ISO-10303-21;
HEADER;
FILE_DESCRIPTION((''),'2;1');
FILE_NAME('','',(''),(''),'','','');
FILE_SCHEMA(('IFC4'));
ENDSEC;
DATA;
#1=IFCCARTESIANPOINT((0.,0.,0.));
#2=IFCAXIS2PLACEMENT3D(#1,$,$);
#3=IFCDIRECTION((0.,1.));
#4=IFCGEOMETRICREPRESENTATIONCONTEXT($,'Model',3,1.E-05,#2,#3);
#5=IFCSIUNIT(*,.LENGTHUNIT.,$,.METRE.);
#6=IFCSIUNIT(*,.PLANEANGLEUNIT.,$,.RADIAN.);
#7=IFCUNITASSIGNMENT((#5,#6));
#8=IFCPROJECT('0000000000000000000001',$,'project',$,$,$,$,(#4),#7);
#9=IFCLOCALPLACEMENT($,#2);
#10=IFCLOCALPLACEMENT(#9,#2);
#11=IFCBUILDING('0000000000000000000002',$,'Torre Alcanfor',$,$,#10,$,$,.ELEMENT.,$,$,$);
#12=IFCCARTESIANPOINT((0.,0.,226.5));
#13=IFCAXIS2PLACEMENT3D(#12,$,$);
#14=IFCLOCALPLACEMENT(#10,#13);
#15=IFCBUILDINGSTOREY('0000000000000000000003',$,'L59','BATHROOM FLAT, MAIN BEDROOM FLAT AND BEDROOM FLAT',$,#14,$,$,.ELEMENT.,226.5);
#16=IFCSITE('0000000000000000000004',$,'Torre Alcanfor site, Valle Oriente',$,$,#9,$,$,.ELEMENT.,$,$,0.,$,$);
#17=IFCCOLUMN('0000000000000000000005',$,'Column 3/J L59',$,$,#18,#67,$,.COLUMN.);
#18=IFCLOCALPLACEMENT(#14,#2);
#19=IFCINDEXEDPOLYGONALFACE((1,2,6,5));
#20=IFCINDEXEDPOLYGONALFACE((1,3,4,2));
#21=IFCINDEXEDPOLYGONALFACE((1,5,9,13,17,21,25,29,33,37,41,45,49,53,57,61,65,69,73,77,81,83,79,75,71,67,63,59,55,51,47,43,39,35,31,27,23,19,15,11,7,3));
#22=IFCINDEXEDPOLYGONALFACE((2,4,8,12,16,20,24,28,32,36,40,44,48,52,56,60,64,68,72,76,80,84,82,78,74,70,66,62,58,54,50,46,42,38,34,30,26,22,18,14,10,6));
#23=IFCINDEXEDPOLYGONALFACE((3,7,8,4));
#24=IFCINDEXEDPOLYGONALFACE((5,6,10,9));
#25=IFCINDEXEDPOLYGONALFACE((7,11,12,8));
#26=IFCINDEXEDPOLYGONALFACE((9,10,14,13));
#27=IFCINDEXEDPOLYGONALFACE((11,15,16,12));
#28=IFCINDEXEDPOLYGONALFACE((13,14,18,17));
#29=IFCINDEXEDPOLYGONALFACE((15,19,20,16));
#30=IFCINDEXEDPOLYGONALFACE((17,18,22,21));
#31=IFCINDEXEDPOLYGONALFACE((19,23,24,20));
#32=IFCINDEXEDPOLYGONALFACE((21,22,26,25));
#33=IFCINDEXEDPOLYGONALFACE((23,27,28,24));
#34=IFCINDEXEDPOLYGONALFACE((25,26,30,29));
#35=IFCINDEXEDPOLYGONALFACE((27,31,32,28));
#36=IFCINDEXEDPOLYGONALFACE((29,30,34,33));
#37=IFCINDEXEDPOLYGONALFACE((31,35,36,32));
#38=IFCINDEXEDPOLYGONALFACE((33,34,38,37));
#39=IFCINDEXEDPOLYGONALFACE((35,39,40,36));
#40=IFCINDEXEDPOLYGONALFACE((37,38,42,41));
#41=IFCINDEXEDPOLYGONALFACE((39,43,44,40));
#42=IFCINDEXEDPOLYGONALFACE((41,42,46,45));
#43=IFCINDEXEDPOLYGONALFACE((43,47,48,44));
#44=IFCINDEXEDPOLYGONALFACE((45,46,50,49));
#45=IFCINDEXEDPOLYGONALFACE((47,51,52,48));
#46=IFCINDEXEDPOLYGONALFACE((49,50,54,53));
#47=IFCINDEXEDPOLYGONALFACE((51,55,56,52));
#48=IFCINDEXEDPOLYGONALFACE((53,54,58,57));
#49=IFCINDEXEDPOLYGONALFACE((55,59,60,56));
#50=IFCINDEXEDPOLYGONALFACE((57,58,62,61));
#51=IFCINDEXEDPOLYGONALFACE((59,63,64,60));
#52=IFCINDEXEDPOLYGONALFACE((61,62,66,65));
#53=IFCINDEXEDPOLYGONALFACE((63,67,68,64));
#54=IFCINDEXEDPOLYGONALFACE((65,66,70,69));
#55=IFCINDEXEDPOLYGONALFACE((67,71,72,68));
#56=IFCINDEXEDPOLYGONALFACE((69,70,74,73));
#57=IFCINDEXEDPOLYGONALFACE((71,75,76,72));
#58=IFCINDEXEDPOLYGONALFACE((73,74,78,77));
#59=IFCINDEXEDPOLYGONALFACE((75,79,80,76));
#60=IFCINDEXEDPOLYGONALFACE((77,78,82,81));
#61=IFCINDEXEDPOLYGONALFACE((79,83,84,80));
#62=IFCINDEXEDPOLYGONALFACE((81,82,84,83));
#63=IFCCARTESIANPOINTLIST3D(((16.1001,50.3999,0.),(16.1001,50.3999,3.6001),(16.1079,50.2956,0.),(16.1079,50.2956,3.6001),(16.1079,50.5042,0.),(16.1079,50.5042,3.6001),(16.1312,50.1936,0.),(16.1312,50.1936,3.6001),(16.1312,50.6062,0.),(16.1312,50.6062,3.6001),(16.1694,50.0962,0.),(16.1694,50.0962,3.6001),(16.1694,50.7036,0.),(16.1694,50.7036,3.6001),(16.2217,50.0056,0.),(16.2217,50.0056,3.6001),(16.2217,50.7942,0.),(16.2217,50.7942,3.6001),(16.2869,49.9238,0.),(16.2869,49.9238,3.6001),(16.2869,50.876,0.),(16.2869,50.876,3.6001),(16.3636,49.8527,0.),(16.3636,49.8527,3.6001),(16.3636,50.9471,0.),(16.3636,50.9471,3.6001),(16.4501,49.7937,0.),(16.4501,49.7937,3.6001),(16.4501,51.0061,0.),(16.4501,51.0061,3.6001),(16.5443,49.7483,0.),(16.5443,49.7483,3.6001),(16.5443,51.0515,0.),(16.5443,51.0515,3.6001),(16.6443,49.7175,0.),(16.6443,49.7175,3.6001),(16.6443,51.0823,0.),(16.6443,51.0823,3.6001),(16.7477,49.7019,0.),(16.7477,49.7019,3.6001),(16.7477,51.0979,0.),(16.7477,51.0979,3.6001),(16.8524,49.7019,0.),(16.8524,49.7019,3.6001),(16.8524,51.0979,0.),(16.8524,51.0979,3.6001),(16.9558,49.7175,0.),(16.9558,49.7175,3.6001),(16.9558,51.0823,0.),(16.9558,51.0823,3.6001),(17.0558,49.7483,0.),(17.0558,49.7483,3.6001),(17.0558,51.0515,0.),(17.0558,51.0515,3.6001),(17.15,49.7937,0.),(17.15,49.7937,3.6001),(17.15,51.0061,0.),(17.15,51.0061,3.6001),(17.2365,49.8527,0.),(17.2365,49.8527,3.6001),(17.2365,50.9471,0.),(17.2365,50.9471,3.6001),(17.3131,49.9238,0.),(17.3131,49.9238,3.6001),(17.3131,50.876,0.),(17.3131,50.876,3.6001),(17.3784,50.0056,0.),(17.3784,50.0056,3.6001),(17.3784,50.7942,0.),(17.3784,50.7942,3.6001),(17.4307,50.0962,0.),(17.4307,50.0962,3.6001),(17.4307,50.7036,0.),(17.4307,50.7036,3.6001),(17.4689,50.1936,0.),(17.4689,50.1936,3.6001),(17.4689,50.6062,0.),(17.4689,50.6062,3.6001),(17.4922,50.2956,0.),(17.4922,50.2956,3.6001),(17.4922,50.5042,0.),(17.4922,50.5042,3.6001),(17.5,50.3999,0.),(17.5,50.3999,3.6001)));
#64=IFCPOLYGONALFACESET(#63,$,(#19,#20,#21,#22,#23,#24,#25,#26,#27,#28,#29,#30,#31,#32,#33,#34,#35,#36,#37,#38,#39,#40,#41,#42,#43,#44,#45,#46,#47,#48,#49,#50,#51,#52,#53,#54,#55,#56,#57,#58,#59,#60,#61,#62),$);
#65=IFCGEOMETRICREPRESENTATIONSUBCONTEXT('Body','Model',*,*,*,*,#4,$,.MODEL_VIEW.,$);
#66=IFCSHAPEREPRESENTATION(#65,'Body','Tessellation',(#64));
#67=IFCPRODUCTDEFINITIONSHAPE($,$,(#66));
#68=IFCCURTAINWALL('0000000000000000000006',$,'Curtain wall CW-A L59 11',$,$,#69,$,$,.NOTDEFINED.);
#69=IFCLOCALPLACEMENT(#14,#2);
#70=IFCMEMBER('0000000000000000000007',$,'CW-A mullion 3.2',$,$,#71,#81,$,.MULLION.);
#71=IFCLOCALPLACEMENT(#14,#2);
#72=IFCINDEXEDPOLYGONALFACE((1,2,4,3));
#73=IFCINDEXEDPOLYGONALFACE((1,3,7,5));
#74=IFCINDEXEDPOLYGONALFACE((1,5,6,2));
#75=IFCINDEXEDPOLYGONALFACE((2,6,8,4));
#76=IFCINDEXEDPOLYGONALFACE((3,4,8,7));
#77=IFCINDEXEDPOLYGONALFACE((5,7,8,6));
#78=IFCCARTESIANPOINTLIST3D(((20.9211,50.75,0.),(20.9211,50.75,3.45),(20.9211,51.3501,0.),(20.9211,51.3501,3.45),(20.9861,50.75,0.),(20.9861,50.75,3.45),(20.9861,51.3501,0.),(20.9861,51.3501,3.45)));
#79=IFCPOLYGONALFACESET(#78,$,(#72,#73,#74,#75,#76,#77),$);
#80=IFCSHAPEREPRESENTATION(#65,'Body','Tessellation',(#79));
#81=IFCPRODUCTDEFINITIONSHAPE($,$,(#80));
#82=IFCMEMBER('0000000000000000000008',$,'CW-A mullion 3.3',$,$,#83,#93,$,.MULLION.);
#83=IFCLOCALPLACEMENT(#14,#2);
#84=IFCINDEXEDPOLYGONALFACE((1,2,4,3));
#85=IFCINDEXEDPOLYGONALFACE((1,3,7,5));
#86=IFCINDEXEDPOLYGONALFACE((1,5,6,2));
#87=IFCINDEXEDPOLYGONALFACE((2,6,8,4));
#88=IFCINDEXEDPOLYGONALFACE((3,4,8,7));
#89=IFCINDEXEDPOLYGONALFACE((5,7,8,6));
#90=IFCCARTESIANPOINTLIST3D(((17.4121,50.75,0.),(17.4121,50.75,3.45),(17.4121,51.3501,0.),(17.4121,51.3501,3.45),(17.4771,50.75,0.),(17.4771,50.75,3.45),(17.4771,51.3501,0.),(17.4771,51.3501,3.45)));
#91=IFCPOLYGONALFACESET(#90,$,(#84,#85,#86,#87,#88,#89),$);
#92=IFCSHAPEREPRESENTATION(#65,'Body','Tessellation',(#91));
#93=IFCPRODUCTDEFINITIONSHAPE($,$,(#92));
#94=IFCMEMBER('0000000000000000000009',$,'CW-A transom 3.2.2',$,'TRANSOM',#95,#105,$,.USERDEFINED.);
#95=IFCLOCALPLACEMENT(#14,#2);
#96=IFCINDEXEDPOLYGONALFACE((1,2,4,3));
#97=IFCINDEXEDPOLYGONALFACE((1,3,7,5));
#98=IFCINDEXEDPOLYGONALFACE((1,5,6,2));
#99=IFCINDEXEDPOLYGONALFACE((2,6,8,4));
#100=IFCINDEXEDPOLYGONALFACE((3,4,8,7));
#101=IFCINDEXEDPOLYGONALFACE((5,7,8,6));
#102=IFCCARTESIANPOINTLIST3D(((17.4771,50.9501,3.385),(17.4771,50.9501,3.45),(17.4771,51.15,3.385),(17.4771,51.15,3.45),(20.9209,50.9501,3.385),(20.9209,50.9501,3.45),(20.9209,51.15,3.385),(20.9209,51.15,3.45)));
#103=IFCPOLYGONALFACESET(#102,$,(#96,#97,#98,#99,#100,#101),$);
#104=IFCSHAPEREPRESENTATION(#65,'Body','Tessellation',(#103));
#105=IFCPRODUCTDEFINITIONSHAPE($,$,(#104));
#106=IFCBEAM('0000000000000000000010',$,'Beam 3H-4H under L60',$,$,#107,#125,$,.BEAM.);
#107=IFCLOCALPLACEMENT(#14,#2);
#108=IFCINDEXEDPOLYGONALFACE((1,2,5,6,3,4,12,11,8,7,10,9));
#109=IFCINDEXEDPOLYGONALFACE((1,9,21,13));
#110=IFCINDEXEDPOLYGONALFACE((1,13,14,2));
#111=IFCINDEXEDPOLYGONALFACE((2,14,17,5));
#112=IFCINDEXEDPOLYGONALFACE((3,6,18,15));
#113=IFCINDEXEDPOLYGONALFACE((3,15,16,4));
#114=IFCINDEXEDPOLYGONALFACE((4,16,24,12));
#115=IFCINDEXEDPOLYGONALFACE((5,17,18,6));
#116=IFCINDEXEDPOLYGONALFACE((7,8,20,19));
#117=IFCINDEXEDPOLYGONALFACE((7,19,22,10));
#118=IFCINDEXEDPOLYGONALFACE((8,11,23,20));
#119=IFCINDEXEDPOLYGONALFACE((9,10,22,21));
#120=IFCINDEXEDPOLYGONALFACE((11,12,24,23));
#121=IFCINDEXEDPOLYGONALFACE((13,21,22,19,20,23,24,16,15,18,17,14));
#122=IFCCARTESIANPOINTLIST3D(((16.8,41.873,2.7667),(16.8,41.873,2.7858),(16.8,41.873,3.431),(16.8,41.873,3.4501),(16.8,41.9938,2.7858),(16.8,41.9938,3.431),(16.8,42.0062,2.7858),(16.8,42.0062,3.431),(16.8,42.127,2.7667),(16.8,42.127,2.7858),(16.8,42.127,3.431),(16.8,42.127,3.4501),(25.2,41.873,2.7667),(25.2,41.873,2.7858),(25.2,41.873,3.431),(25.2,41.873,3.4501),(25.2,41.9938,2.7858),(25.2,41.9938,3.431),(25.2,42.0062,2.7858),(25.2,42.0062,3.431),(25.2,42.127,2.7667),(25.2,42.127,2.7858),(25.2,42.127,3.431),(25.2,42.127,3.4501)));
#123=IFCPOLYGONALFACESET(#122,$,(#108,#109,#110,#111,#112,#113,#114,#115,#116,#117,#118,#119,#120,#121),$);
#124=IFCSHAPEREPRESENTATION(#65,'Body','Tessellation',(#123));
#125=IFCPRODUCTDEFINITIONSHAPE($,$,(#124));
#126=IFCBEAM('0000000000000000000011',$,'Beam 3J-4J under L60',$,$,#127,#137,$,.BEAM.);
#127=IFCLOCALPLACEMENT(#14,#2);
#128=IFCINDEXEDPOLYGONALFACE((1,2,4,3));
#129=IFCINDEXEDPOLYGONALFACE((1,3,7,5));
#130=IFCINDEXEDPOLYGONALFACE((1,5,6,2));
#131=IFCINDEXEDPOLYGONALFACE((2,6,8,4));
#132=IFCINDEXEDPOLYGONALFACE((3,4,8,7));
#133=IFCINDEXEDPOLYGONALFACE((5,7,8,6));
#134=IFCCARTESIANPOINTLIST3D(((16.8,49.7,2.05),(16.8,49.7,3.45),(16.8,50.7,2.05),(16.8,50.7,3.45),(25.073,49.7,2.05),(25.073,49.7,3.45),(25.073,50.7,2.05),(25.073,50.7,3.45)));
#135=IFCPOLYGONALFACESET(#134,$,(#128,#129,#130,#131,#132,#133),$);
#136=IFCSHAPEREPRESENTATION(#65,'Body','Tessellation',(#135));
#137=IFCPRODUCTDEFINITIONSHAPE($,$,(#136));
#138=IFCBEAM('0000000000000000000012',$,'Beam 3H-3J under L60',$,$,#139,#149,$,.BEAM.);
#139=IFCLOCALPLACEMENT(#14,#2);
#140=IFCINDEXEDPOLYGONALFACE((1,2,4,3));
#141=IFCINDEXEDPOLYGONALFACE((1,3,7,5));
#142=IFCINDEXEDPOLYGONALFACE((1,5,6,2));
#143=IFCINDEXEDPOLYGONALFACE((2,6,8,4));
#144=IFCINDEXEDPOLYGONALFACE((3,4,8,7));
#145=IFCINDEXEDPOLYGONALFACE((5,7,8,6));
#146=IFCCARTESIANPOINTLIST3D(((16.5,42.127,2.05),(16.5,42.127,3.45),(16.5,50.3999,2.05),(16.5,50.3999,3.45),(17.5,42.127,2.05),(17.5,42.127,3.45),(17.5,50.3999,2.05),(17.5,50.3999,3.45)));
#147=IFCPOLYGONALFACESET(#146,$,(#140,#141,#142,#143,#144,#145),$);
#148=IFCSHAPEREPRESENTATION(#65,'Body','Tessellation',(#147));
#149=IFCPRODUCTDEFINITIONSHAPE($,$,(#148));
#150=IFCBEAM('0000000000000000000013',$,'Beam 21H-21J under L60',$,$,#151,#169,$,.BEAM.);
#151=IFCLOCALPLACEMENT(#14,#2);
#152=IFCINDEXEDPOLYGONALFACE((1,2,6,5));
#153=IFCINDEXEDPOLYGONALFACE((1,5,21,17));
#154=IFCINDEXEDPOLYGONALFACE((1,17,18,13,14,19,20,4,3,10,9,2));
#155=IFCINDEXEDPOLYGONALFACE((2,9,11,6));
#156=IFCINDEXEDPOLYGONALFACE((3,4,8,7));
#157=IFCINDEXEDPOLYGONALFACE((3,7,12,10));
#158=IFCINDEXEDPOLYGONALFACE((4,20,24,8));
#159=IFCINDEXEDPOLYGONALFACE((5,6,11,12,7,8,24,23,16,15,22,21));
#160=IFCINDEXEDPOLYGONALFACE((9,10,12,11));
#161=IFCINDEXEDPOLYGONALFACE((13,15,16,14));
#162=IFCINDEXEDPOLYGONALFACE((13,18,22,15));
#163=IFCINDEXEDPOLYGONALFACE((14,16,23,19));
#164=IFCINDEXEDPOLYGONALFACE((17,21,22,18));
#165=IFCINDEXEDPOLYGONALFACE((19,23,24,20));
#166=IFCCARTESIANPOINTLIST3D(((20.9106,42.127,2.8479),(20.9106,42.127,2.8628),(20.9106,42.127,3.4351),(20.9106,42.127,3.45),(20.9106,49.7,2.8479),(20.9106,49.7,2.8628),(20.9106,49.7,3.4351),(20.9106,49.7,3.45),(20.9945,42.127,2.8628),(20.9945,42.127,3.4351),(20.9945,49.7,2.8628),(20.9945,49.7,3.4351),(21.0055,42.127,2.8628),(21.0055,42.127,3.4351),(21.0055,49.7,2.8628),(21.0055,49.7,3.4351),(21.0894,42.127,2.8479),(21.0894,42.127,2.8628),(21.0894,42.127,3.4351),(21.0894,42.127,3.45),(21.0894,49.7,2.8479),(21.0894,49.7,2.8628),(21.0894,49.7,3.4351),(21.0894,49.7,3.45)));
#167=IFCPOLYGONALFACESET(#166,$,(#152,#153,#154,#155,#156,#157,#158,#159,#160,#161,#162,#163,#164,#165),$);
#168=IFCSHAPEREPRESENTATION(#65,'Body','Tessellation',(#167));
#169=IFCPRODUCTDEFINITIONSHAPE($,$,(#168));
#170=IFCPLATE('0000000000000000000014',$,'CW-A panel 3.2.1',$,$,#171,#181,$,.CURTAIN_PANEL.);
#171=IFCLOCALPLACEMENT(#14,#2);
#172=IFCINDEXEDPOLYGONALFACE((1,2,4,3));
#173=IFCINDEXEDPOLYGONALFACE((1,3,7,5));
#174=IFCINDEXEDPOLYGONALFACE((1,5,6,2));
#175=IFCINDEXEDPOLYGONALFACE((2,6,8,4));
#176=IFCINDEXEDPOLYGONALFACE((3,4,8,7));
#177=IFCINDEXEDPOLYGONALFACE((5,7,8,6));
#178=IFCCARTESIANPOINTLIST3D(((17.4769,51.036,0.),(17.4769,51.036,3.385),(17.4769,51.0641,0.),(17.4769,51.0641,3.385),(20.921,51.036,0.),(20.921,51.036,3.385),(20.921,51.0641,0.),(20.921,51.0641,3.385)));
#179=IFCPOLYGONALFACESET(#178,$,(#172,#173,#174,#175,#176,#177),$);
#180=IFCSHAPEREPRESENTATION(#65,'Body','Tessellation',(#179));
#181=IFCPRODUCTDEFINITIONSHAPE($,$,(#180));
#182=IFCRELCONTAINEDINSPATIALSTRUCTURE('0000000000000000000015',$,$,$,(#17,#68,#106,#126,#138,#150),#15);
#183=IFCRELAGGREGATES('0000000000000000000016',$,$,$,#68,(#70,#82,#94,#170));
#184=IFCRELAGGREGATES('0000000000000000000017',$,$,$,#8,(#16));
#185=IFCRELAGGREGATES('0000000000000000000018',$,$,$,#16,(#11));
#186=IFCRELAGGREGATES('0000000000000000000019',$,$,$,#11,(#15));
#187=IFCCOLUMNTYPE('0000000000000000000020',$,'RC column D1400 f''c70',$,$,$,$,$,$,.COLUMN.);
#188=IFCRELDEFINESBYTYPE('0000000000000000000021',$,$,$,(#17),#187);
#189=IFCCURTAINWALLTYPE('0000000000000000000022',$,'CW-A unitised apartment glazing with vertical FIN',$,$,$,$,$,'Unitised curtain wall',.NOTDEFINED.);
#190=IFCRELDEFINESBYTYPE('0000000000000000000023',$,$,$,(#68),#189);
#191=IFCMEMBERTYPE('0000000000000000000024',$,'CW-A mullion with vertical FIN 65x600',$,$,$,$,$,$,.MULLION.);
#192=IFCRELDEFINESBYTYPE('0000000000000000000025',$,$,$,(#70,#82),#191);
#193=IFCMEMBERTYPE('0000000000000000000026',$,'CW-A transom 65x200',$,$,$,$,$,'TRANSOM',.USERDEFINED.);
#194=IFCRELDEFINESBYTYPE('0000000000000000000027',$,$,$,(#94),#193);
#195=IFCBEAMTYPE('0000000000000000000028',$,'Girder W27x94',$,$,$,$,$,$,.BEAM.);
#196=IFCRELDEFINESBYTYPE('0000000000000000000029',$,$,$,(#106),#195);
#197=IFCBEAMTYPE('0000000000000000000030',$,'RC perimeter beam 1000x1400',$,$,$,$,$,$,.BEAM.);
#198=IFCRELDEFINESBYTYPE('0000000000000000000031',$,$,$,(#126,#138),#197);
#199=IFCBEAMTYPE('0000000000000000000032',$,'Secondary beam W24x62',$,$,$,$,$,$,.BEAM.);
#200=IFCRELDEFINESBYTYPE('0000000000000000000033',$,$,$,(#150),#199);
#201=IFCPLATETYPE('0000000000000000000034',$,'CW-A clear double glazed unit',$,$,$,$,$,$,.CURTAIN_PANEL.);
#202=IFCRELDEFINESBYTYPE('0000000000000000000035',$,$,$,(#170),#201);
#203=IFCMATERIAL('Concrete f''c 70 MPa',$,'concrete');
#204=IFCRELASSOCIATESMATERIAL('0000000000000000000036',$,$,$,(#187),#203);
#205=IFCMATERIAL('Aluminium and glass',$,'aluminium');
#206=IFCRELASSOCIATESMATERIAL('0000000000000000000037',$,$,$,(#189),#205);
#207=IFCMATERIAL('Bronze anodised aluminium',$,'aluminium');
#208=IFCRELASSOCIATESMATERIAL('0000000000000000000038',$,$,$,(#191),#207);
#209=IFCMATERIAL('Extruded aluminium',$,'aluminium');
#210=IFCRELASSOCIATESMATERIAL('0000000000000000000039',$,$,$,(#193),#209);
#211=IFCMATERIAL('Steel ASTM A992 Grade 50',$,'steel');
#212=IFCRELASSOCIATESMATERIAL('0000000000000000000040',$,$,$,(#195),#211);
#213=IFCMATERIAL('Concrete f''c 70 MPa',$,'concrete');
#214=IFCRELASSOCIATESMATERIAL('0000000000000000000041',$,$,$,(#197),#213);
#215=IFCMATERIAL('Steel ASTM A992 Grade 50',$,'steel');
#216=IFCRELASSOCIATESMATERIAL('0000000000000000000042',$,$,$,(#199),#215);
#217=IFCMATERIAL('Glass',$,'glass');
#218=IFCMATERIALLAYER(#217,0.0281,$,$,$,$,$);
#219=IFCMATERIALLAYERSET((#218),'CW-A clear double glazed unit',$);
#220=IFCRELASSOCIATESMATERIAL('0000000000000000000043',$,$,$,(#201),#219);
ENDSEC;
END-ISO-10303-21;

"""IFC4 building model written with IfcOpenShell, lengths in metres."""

from ifc_helpers import new_model, si_unit, direction, frame, origin, origin_2d, place, context, subcontext, project, spatial, rectangle, circle, i_section, extrude, material, layer, layer_set, material_profile, profile_set, type_object, element, aggregate, save


model = new_model("IFC4")

# Units and contexts
model_context = context("Model", 3, precision=1e-05, world=origin(), true_north=direction((0.0, 1.0)))
body_context = subcontext(model_context, "Body", "Model", "MODEL_VIEW")
ifc_project = project(units=[si_unit("LENGTHUNIT", "METRE"), si_unit("PLANEANGLEUNIT", "RADIAN")], contexts=[model_context])

# Site, building, storey
site_placement = place(None, origin())
site = spatial("IfcSite", under=ifc_project, at=site_placement, Name="Torre Alcanfor site, Valle Oriente", CompositionType="ELEMENT", RefElevation=0.0)
building_placement = place(site_placement, origin())
building = spatial("IfcBuilding", under=site, at=building_placement, Name="Torre Alcanfor", CompositionType="ELEMENT")
storey_placement = place(building_placement, frame((0.0, 0.0, 226.5)))
storey = spatial("IfcBuildingStorey", under=building, at=storey_placement, Name="L59", Description="BATHROOM FLAT, MAIN BEDROOM FLAT AND BEDROOM FLAT", CompositionType="ELEMENT", Elevation=226.5)

# Column
ifc_material_1 = material(Name="Concrete f'c 70 MPa", Category="concrete")
ifc_material_profile_1 = material_profile(ifc_material_1, circle(Radius=0.7, at=origin_2d()), Name="D1400")
ifc_profile_set_1 = profile_set([ifc_material_profile_1], Name="Concrete f'c 70 MPa")
column_type = type_object("IfcColumnType", Name="RC column D1400 f'c70", PredefinedType="COLUMN", material=ifc_profile_set_1)
column_placement = place(storey_placement, frame((16.8, 50.3999, 0.0), z_axis=(0.0, 0.0, 1.0), x_axis=(1.0, 0.0, 0.0)))
element("IfcColumn", 1, at=column_placement, inside=storey, type_object=column_type, Name="Column 3/J L59", PredefinedType="COLUMN", context=body_context, shape_type="SweptSolid", body=[
    extrude(circle(Radius=0.7, at=origin_2d()), origin(), (0.0, 0.0, 1.0), 3.6001),
])

# Curtain wall, members
ifc_material_2 = material(Name="Aluminium and glass", Category="aluminium")
curtain_wall_type = type_object("IfcCurtainWallType", Name="CW-A unitised apartment glazing with vertical FIN", ElementType="Unitised curtain wall", PredefinedType="NOTDEFINED", material=ifc_material_2)
curtain_wall_placement = place(storey_placement, origin())
curtain_wall = element("IfcCurtainWall", 2, at=curtain_wall_placement, inside=storey, type_object=curtain_wall_type, Name="Curtain wall CW-A L59 11", PredefinedType="NOTDEFINED")
ifc_material_3 = material(Name="Bronze anodised aluminium", Category="aluminium")
ifc_material_profile_2 = material_profile(ifc_material_3, rectangle(XDim=0.6001, YDim=0.0649, at=origin_2d()), Name="CW-A mullion 65x600")
ifc_profile_set_2 = profile_set([ifc_material_profile_2], Name="Bronze anodised aluminium")
member_type_1 = type_object("IfcMemberType", Name="CW-A mullion with vertical FIN 65x600", PredefinedType="MULLION", material=ifc_profile_set_2)
member_1_placement = place(storey_placement, frame((20.9536, 51.05, 0.0), z_axis=(0.0, 0.0, 1.0), x_axis=(0.0, -1.0, 0.0)))
member_1 = element("IfcMember", 3, at=member_1_placement, type_object=member_type_1, Name="CW-A mullion 3.2", PredefinedType="MULLION", context=body_context, shape_type="SweptSolid", body=[
    extrude(rectangle(XDim=0.6001, YDim=0.0649, at=origin_2d()), origin(), (0.0, 0.0, 1.0), 3.45),
])
member_2_placement = place(storey_placement, frame((17.4446, 51.05, 0.0), z_axis=(0.0, 0.0, 1.0), x_axis=(0.0, -1.0, 0.0)))
member_2 = element("IfcMember", 4, at=member_2_placement, type_object=member_type_1, Name="CW-A mullion 3.3", PredefinedType="MULLION", context=body_context, shape_type="SweptSolid", body=[
    extrude(rectangle(XDim=0.6001, YDim=0.0649, at=origin_2d()), origin(), (0.0, 0.0, 1.0), 3.45),
])
ifc_material_4 = material(Name="Extruded aluminium", Category="aluminium")
ifc_material_profile_3 = material_profile(ifc_material_4, rectangle(XDim=0.2, YDim=0.0649, at=origin_2d()), Name="CW-A transom 200x65")
ifc_profile_set_3 = profile_set([ifc_material_profile_3], Name="Extruded aluminium")
member_type_2 = type_object("IfcMemberType", Name="CW-A transom 65x200", ElementType="TRANSOM", PredefinedType="USERDEFINED", material=ifc_profile_set_3)
member_3_placement = place(storey_placement, frame((20.9209, 51.05, 3.4175), z_axis=(-1.0, 0.0, 0.0), x_axis=(0.0, -1.0, 0.0)))
member_3 = element("IfcMember", 5, at=member_3_placement, type_object=member_type_2, Name="CW-A transom 3.2.2", ObjectType="TRANSOM", PredefinedType="USERDEFINED", context=body_context, shape_type="SweptSolid", body=[
    extrude(rectangle(XDim=0.2, YDim=0.0649, at=origin_2d()), origin(), (0.0, 0.0, 1.0), 3.4438),
])

# Beams
ifc_material_5 = material(Name="Steel ASTM A992 Grade 50", Category="steel")
ifc_material_profile_4 = material_profile(ifc_material_5, i_section(OverallWidth=0.2539, OverallDepth=0.6833, WebThickness=0.0125, FlangeThickness=0.019, at=origin_2d()), Name="W27x94")
ifc_profile_set_4 = profile_set([ifc_material_profile_4], Name="Steel ASTM A992 Grade 50")
beam_type_1 = type_object("IfcBeamType", Name="Girder W27x94", PredefinedType="BEAM", material=ifc_profile_set_4)
beam_1_placement = place(storey_placement, frame((16.8, 42.0, 3.1084), z_axis=(1.0, 0.0, 0.0), x_axis=(0.0, 1.0, 0.0)))
element("IfcBeam", 6, at=beam_1_placement, inside=storey, type_object=beam_type_1, Name="Beam 3H-4H under L60", PredefinedType="BEAM", context=body_context, shape_type="SweptSolid", body=[
    extrude(i_section(OverallWidth=0.2539, OverallDepth=0.6833, WebThickness=0.0125, FlangeThickness=0.019, at=origin_2d()), origin(), (0.0, 0.0, 1.0), 8.3999),
])
ifc_material_6 = material(Name="Concrete f'c 70 MPa", Category="concrete")
ifc_material_profile_5 = material_profile(ifc_material_6, rectangle(XDim=1.0, YDim=1.3999, at=origin_2d()), Name="1000x1400")
ifc_profile_set_5 = profile_set([ifc_material_profile_5], Name="Concrete f'c 70 MPa")
beam_type_2 = type_object("IfcBeamType", Name="RC perimeter beam 1000x1400", PredefinedType="BEAM", material=ifc_profile_set_5)
for number, where, z_axis, x_axis, name in (
    (7, (16.8, 50.2, 2.75), (1.0, 0.0, 0.0), (0.0, 1.0, 0.0), "Beam 3J-4J under L60"),
    (8, (17.0, 42.127, 2.75), (0.0, 1.0, 0.0), (-1.0, 0.0, 0.0), "Beam 3H-3J under L60"),
):
    element("IfcBeam", number, at=place(storey_placement, frame(where, z_axis=z_axis, x_axis=x_axis)), inside=storey, type_object=beam_type_2, Name=name, PredefinedType="BEAM", context=body_context, shape_type="SweptSolid", body=[
        extrude(rectangle(XDim=1.0, YDim=1.3999, at=origin_2d()), origin(), (0.0, 0.0, 1.0), 8.2729),
    ])
ifc_material_7 = material(Name="Steel ASTM A992 Grade 50", Category="steel")
ifc_material_profile_6 = material_profile(ifc_material_7, i_section(OverallWidth=0.1787, OverallDepth=0.6021, WebThickness=0.011, FlangeThickness=0.0149, at=origin_2d()), Name="W24x62")
ifc_profile_set_6 = profile_set([ifc_material_profile_6], Name="Steel ASTM A992 Grade 50")
beam_type_3 = type_object("IfcBeamType", Name="Secondary beam W24x62", PredefinedType="BEAM", material=ifc_profile_set_6)
beam_2_placement = place(storey_placement, frame((21.0, 42.127, 3.1489), z_axis=(0.0, 1.0, 0.0), x_axis=(-1.0, 0.0, 0.0)))
element("IfcBeam", 9, at=beam_2_placement, inside=storey, type_object=beam_type_3, Name="Beam 21H-21J under L60", PredefinedType="BEAM", context=body_context, shape_type="SweptSolid", body=[
    extrude(i_section(OverallWidth=0.1787, OverallDepth=0.6021, WebThickness=0.011, FlangeThickness=0.0149, at=origin_2d()), origin(), (0.0, 0.0, 1.0), 7.573),
])

# Plate
ifc_material_8 = material(Name="Glass", Category="glass")
ifc_layer_1 = layer(ifc_material_8, 0.0281)
ifc_layer_set_1 = layer_set([ifc_layer_1], Name="CW-A clear double glazed unit")
plate_type = type_object("IfcPlateType", Name="CW-A clear double glazed unit", PredefinedType="CURTAIN_PANEL", material=ifc_layer_set_1)
plate_placement = place(storey_placement, frame((19.199, 51.05, 0.0), z_axis=(0.0, 0.0, 1.0), x_axis=(-1.0, 0.0, 0.0)))
plate = element("IfcPlate", 10, at=plate_placement, type_object=plate_type, Name="CW-A panel 3.2.1", PredefinedType="CURTAIN_PANEL", context=body_context, shape_type="SweptSolid", body=[
    extrude(rectangle(XDim=3.4441, YDim=0.0281, at=origin_2d()), origin(), (0.0, 0.0, 1.0), 3.385),
])
aggregate(curtain_wall, [member_1, member_2, member_3, plate])

save(model, "model.ifc")
